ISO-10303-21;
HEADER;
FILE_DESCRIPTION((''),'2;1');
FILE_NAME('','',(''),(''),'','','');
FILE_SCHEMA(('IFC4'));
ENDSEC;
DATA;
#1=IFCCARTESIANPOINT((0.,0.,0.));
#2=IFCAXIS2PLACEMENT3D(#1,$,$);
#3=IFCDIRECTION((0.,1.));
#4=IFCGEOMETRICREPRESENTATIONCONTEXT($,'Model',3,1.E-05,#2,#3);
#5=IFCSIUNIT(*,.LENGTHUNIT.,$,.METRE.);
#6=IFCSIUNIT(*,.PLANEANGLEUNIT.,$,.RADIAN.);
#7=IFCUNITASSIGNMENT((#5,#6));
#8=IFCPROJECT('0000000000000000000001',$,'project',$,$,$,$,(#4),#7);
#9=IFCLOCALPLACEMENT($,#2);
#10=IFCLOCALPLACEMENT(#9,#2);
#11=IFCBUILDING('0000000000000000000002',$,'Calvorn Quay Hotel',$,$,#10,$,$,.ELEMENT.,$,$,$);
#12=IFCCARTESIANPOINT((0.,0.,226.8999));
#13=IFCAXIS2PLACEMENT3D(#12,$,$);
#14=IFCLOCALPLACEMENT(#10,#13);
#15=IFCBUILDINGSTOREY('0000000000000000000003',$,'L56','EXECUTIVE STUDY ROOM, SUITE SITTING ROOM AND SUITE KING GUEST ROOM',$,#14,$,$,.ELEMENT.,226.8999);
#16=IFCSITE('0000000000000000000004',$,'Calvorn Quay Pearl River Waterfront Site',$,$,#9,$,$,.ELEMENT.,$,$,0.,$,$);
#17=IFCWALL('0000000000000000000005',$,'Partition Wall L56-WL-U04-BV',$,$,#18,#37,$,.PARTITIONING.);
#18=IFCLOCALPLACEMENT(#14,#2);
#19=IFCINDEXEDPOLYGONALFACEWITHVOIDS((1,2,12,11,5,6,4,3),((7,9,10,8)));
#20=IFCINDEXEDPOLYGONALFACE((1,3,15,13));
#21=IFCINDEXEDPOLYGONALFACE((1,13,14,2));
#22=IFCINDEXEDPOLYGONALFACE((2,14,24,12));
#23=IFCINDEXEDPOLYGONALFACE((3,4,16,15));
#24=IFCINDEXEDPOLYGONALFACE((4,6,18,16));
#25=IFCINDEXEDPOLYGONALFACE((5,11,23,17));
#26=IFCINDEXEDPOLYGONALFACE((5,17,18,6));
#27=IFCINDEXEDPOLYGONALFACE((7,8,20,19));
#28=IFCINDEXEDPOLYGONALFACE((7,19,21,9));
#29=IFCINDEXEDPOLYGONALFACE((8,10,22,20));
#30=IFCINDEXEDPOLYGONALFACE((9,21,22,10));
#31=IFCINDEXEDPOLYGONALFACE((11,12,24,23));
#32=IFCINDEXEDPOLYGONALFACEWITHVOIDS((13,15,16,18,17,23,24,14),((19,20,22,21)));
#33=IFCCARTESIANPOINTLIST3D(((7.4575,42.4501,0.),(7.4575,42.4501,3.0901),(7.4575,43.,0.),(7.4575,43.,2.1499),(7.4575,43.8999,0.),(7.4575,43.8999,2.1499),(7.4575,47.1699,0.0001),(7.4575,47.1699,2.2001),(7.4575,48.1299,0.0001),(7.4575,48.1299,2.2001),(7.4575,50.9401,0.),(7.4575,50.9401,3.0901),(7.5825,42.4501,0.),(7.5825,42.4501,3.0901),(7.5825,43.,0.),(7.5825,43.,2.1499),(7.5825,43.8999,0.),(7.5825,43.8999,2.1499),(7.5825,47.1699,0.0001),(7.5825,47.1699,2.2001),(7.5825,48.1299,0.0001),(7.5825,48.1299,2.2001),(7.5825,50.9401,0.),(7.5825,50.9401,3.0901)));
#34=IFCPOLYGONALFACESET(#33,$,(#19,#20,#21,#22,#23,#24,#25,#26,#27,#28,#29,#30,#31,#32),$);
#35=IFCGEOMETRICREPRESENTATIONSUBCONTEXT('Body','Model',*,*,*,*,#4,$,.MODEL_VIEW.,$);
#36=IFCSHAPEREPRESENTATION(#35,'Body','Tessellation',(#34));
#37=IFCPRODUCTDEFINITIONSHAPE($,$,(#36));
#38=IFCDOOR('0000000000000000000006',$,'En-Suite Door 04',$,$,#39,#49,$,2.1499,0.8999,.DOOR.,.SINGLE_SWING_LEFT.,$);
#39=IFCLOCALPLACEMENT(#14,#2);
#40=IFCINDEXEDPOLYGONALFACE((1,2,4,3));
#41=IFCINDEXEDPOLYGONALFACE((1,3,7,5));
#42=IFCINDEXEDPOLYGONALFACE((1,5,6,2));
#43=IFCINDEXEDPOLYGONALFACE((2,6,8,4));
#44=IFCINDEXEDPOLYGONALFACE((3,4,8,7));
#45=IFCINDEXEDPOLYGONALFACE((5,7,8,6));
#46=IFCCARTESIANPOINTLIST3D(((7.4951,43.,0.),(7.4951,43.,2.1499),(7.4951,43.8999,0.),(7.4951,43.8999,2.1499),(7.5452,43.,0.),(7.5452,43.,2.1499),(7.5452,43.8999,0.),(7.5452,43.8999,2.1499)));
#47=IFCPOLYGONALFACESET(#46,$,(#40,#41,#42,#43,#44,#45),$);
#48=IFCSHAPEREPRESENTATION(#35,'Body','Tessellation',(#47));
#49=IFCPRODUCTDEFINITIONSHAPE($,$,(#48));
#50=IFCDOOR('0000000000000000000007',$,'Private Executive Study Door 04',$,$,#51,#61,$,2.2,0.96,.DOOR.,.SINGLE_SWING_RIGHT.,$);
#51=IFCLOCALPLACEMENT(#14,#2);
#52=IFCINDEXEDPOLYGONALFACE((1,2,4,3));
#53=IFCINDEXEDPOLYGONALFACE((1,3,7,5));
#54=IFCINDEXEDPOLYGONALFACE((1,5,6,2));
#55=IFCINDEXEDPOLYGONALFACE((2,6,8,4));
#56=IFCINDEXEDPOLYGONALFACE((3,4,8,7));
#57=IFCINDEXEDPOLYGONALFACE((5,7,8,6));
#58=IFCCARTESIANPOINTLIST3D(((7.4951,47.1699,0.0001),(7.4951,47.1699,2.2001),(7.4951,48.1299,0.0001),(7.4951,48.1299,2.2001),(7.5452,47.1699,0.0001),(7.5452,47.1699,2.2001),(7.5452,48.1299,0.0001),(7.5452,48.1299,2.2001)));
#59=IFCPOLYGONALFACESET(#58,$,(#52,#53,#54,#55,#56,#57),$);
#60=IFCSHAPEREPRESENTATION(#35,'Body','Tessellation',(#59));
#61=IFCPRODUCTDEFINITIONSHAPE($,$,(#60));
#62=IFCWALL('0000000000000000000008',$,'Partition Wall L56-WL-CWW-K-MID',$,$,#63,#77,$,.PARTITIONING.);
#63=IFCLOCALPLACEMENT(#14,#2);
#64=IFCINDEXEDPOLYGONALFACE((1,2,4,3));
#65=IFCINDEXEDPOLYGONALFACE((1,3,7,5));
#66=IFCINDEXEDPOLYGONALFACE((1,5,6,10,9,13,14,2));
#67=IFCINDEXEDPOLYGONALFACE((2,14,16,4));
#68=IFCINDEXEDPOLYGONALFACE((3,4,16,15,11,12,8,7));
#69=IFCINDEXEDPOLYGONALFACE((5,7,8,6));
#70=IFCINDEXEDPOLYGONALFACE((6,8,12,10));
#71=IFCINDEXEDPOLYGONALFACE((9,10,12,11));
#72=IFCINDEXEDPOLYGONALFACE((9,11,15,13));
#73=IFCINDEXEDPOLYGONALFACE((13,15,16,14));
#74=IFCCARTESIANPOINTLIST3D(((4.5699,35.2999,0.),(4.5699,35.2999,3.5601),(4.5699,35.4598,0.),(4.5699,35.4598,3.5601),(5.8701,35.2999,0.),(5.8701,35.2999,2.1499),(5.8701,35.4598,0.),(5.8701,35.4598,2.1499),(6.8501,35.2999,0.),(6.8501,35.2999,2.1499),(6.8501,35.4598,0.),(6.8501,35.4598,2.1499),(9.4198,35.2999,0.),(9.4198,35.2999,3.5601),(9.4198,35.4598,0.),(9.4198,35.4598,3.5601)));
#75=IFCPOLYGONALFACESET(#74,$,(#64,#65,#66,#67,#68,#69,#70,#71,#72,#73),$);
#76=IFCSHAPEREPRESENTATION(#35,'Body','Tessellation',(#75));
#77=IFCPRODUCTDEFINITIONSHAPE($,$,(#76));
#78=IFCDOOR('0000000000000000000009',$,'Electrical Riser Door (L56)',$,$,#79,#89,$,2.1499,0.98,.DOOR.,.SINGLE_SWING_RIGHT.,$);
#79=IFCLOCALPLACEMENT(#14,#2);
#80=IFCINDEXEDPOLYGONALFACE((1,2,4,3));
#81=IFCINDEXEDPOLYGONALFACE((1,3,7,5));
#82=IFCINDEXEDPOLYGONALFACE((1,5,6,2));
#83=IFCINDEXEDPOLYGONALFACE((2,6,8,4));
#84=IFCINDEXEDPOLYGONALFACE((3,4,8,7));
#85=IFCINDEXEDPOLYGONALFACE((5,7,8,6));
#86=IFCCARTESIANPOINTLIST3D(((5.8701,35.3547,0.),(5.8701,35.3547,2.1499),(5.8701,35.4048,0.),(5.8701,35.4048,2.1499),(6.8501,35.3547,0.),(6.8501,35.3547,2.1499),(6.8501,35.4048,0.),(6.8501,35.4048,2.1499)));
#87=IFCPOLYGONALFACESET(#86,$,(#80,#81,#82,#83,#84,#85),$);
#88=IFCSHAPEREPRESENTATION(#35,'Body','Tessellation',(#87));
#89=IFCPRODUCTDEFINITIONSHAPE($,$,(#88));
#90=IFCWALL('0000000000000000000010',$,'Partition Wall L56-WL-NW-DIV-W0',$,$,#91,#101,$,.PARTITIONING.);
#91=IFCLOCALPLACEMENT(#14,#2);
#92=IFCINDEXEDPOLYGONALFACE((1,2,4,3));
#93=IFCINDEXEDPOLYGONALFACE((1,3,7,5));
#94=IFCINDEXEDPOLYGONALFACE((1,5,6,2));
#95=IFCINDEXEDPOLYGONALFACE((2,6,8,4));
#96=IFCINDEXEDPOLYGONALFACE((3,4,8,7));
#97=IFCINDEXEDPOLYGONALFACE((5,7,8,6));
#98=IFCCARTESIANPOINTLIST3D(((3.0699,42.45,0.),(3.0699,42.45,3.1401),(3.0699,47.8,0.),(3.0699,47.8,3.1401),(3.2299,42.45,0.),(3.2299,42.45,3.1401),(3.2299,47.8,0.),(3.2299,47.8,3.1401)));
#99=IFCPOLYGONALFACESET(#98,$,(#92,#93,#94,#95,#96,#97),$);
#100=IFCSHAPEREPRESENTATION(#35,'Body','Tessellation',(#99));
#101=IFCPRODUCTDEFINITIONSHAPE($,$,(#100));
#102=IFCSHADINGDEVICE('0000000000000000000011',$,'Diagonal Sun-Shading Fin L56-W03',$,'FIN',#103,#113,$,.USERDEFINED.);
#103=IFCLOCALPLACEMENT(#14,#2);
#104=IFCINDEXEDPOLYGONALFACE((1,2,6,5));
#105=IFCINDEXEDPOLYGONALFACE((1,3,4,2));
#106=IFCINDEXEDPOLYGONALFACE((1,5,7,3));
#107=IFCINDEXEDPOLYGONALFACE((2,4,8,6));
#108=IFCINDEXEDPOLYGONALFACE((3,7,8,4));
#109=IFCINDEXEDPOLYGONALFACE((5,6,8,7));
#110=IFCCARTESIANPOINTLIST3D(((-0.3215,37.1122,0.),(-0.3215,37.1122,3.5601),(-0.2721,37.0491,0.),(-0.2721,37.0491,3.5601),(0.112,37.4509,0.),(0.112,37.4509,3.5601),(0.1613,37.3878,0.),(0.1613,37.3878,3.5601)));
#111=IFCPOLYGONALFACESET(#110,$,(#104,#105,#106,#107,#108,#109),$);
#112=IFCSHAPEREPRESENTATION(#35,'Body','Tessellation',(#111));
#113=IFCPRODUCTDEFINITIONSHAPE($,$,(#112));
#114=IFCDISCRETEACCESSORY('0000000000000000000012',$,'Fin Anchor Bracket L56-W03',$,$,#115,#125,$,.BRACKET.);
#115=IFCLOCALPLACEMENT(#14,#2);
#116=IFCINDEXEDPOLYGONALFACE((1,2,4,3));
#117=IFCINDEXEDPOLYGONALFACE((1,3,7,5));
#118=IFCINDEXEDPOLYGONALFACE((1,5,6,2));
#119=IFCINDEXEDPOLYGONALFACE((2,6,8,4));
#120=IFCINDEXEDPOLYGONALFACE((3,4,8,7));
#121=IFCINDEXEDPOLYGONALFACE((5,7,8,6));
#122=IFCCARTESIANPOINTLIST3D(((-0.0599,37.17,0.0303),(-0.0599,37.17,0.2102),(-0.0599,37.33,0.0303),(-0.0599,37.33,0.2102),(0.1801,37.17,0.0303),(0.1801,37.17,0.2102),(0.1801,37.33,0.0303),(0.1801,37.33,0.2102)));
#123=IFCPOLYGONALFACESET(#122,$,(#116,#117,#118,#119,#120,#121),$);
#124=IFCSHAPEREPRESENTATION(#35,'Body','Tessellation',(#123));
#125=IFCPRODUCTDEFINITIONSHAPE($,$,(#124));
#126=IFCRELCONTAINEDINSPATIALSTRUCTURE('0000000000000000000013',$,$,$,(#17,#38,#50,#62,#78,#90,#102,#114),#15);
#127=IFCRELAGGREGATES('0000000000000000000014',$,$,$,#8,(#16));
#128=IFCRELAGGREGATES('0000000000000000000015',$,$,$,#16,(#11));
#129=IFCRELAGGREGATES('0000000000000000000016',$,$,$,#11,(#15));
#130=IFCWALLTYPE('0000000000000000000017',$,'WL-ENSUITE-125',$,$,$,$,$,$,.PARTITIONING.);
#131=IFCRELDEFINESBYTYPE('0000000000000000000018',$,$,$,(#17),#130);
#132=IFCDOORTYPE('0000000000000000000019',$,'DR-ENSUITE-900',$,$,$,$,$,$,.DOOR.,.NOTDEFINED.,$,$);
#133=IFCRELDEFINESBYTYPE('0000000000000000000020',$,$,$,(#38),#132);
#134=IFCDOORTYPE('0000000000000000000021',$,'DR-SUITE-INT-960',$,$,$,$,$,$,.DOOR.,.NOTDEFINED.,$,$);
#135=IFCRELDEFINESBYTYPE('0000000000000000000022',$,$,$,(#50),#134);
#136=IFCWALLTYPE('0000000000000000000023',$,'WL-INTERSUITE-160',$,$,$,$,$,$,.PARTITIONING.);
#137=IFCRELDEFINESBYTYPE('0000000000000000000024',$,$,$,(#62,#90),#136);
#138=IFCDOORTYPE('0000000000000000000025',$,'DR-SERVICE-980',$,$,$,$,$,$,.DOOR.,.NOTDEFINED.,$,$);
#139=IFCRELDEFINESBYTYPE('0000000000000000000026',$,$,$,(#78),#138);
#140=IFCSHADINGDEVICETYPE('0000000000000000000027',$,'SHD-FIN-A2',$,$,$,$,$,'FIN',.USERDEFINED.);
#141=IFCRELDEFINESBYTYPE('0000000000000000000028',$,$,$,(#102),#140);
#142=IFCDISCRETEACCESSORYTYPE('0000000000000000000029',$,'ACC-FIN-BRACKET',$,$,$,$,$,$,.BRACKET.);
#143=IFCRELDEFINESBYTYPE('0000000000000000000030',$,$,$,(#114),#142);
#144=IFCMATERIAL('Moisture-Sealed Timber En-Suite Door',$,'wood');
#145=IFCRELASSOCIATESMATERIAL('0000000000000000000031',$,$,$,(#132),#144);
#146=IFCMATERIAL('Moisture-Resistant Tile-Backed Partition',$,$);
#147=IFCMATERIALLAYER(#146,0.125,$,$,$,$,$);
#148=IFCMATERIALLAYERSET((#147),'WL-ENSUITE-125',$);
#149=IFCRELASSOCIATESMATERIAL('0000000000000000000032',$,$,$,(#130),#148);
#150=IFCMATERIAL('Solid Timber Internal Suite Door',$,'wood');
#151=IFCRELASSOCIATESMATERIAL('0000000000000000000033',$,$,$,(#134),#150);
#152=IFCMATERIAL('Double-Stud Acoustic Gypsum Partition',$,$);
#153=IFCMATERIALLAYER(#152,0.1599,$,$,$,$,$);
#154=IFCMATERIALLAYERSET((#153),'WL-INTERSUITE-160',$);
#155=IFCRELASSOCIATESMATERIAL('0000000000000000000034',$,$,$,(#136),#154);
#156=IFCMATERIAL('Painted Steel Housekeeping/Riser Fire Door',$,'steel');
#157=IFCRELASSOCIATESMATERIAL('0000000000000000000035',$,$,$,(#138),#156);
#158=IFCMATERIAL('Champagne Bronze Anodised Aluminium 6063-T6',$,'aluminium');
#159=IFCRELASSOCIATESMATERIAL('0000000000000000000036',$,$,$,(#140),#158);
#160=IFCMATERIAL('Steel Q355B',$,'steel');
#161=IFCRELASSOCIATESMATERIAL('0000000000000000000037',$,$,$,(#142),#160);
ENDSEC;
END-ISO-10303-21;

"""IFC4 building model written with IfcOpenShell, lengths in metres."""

from ifc_helpers import new_model, si_unit, direction, frame, frame_2d, origin, origin_2d, place, context, subcontext, project, spatial, rectangle, extrude, material, layer, layer_set, type_object, element, fill, save


model = new_model("IFC4")

# Units and contexts
model_context = context("Model", 3, precision=1e-05, world=origin(), true_north=direction((0.0, 1.0)))
body_context = subcontext(model_context, "Body", "Model", "MODEL_VIEW")
ifc_project = project(units=[si_unit("LENGTHUNIT", "METRE"), si_unit("PLANEANGLEUNIT", "RADIAN")], contexts=[model_context])

# Site, building, storey
site_placement = place(None, origin())
site = spatial("IfcSite", under=ifc_project, at=site_placement, Name="Calvorn Quay Pearl River Waterfront Site", CompositionType="ELEMENT", RefElevation=0.0)
building_placement = place(site_placement, origin())
building = spatial("IfcBuilding", under=site, at=building_placement, Name="Calvorn Quay Hotel", CompositionType="ELEMENT")
storey_placement = place(building_placement, frame((0.0, 0.0, 226.8999)))
storey = spatial("IfcBuildingStorey", under=building, at=storey_placement, Name="L56", Description="EXECUTIVE STUDY ROOM, SUITE SITTING ROOM AND SUITE KING GUEST ROOM", CompositionType="ELEMENT", Elevation=226.8999)

# Shared definitions
ifc_material_1 = material(Name="Moisture-Sealed Timber En-Suite Door", Category="wood")
door_type_1 = type_object("IfcDoorType", Name="DR-ENSUITE-900", OperationType="NOTDEFINED", PredefinedType="DOOR", material=ifc_material_1)

# Wall, openings, doors
ifc_material_2 = material(Name="Moisture-Resistant Tile-Backed Partition")
ifc_layer_1 = layer(ifc_material_2, 0.125)
ifc_layer_set_1 = layer_set([ifc_layer_1], Name="WL-ENSUITE-125")
wall_type_1 = type_object("IfcWallType", Name="WL-ENSUITE-125", PredefinedType="PARTITIONING", material=ifc_layer_set_1)
wall_1_placement = place(storey_placement, frame((7.52, 42.45, 0.0), z_axis=(0.0, 0.0, 1.0), x_axis=(0.0, 1.0, 0.0)))
wall_1 = element("IfcWall", 1, at=wall_1_placement, inside=storey, type_object=wall_type_1, Name="Partition Wall L56-WL-U04-BV", PredefinedType="PARTITIONING", context=body_context, shape_type="SweptSolid", body=[
    extrude(rectangle(XDim=8.49, YDim=0.125, at=frame_2d((4.2451, 0.0))), origin(), (0.0, 0.0, 1.0), 3.0901),
])
opening_1_placement = place(wall_1_placement, frame((0.55, 0.0, 0.0)))
opening_1 = element("IfcOpeningElement", 2, at=opening_1_placement, cuts=wall_1, PredefinedType="OPENING", context=body_context, shape_type="SweptSolid", body=[
    extrude(rectangle(XDim=0.8999, YDim=2.1499, at=frame_2d((0.45, 1.075))), frame((0.0, 0.0725, 0.0), z_axis=(0.0, -1.0, 0.0), x_axis=(1.0, 0.0, 0.0)), (0.0, 0.0, 1.0), 0.145),
])
opening_2_placement = place(wall_1_placement, frame((4.72, 0.0, 0.0)))
opening_2 = element("IfcOpeningElement", 3, at=opening_2_placement, cuts=wall_1, PredefinedType="OPENING", context=body_context, shape_type="SweptSolid", body=[
    extrude(rectangle(XDim=0.96, YDim=2.2, at=frame_2d((0.48, 1.1001))), frame((0.0, 0.0725, 0.0), z_axis=(0.0, -1.0, 0.0), x_axis=(1.0, 0.0, 0.0)), (0.0, 0.0, 1.0), 0.145),
])
door_1_placement = place(opening_1_placement, origin())
door_1 = element("IfcDoor", 4, at=door_1_placement, inside=storey, type_object=door_type_1, Name="En-Suite Door 04", OperationType="SINGLE_SWING_LEFT", OverallHeight=2.1499, OverallWidth=0.8999, PredefinedType="DOOR", context=body_context, shape_type="SweptSolid", body=[
    extrude(rectangle(XDim=0.8999, YDim=2.1499, at=frame_2d((0.45, 1.075))), frame((0.0, 0.0249, 0.0), z_axis=(0.0, -1.0, 0.0), x_axis=(1.0, 0.0, 0.0)), (0.0, 0.0, 1.0), 0.05),
])
fill(opening_1, door_1)
ifc_material_3 = material(Name="Solid Timber Internal Suite Door", Category="wood")
door_type_2 = type_object("IfcDoorType", Name="DR-SUITE-INT-960", OperationType="NOTDEFINED", PredefinedType="DOOR", material=ifc_material_3)
door_2_placement = place(opening_2_placement, origin())
door_2 = element("IfcDoor", 5, at=door_2_placement, inside=storey, type_object=door_type_2, Name="Private Executive Study Door 04", OperationType="SINGLE_SWING_RIGHT", OverallHeight=2.2, OverallWidth=0.96, PredefinedType="DOOR", context=body_context, shape_type="SweptSolid", body=[
    extrude(rectangle(XDim=0.96, YDim=2.2, at=frame_2d((0.48, 1.1001))), frame((0.0, 0.0249, 0.0), z_axis=(0.0, -1.0, 0.0), x_axis=(1.0, 0.0, 0.0)), (0.0, 0.0, 1.0), 0.05),
])
fill(opening_2, door_2)

# Wall, opening, door
ifc_material_4 = material(Name="Double-Stud Acoustic Gypsum Partition")
ifc_layer_2 = layer(ifc_material_4, 0.1599)
ifc_layer_set_2 = layer_set([ifc_layer_2], Name="WL-INTERSUITE-160")
wall_type_2 = type_object("IfcWallType", Name="WL-INTERSUITE-160", PredefinedType="PARTITIONING", material=ifc_layer_set_2)
wall_2_placement = place(storey_placement, frame((4.5701, 35.3799, 0.0), z_axis=(0.0, 0.0, 1.0), x_axis=(1.0, 0.0, 0.0)))
wall_2 = element("IfcWall", 6, at=wall_2_placement, inside=storey, type_object=wall_type_2, Name="Partition Wall L56-WL-CWW-K-MID", PredefinedType="PARTITIONING", context=body_context, shape_type="SweptSolid", body=[
    extrude(rectangle(XDim=4.8499, YDim=0.1599, at=frame_2d((2.4248, 0.0))), origin(), (0.0, 0.0, 1.0), 3.5601),
])
opening_3_placement = place(wall_2_placement, frame((1.3, 0.0, 0.0)))
opening_3 = element("IfcOpeningElement", 7, at=opening_3_placement, cuts=wall_2, PredefinedType="OPENING", context=body_context, shape_type="SweptSolid", body=[
    extrude(rectangle(XDim=0.98, YDim=2.1499, at=frame_2d((0.49, 1.075))), frame((0.0, 0.0898, 0.0), z_axis=(0.0, -1.0, 0.0), x_axis=(1.0, 0.0, 0.0)), (0.0, 0.0, 1.0), 0.1799),
])
ifc_material_5 = material(Name="Painted Steel Housekeeping/Riser Fire Door", Category="steel")
door_type_3 = type_object("IfcDoorType", Name="DR-SERVICE-980", OperationType="NOTDEFINED", PredefinedType="DOOR", material=ifc_material_5)
door_3_placement = place(opening_3_placement, origin())
door_3 = element("IfcDoor", 8, at=door_3_placement, inside=storey, type_object=door_type_3, Name="Electrical Riser Door (L56)", OperationType="SINGLE_SWING_RIGHT", OverallHeight=2.1499, OverallWidth=0.98, PredefinedType="DOOR", context=body_context, shape_type="SweptSolid", body=[
    extrude(rectangle(XDim=0.98, YDim=2.1499, at=frame_2d((0.49, 1.075))), frame((0.0, 0.0249, 0.0), z_axis=(0.0, -1.0, 0.0), x_axis=(1.0, 0.0, 0.0)), (0.0, 0.0, 1.0), 0.05),
])
fill(opening_3, door_3)

# Wall
wall_3_placement = place(storey_placement, frame((3.1499, 42.45, 0.0), z_axis=(0.0, 0.0, 1.0), x_axis=(0.0, 1.0, 0.0)))
element("IfcWall", 9, at=wall_3_placement, inside=storey, type_object=wall_type_2, Name="Partition Wall L56-WL-NW-DIV-W0", PredefinedType="PARTITIONING", context=body_context, shape_type="SweptSolid", body=[
    extrude(rectangle(XDim=5.3501, YDim=0.1599, at=frame_2d((2.675, 0.0))), origin(), (0.0, 0.0, 1.0), 3.1401),
])

# Shading device
ifc_material_6 = material(Name="Champagne Bronze Anodised Aluminium 6063-T6", Category="aluminium")
shading_device_type = type_object("IfcShadingDeviceType", Name="SHD-FIN-A2", ElementType="FIN", PredefinedType="USERDEFINED", material=ifc_material_6)
shading_device_placement = place(storey_placement, frame((-0.0801, 37.25, 0.0), z_axis=(0.0, 0.0, 1.0), x_axis=(0.788011, 0.615661, 0.0)))
element("IfcShadingDevice", 10, at=shading_device_placement, inside=storey, type_object=shading_device_type, Name="Diagonal Sun-Shading Fin L56-W03", ObjectType="FIN", PredefinedType="USERDEFINED", context=body_context, shape_type="SweptSolid", body=[
    extrude(rectangle(XDim=0.55, YDim=0.0801, at=origin_2d()), origin(), (0.0, 0.0, 1.0), 3.5601),
])

# Discrete accessory
ifc_material_7 = material(Name="Steel Q355B", Category="steel")
discrete_accessory_type = type_object("IfcDiscreteAccessoryType", Name="ACC-FIN-BRACKET", PredefinedType="BRACKET", material=ifc_material_7)
discrete_accessory_placement = place(storey_placement, frame((0.0601, 37.25, 0.0303), z_axis=(0.0, 0.0, 1.0), x_axis=(1.0, 0.0, 0.0)))
element("IfcDiscreteAccessory", 11, at=discrete_accessory_placement, inside=storey, type_object=discrete_accessory_type, Name="Fin Anchor Bracket L56-W03", PredefinedType="BRACKET", context=body_context, shape_type="SweptSolid", body=[
    extrude(rectangle(XDim=0.24, YDim=0.1599, at=origin_2d()), origin(), (0.0, 0.0, 1.0), 0.1799),
])

save(model, "model.ifc")
